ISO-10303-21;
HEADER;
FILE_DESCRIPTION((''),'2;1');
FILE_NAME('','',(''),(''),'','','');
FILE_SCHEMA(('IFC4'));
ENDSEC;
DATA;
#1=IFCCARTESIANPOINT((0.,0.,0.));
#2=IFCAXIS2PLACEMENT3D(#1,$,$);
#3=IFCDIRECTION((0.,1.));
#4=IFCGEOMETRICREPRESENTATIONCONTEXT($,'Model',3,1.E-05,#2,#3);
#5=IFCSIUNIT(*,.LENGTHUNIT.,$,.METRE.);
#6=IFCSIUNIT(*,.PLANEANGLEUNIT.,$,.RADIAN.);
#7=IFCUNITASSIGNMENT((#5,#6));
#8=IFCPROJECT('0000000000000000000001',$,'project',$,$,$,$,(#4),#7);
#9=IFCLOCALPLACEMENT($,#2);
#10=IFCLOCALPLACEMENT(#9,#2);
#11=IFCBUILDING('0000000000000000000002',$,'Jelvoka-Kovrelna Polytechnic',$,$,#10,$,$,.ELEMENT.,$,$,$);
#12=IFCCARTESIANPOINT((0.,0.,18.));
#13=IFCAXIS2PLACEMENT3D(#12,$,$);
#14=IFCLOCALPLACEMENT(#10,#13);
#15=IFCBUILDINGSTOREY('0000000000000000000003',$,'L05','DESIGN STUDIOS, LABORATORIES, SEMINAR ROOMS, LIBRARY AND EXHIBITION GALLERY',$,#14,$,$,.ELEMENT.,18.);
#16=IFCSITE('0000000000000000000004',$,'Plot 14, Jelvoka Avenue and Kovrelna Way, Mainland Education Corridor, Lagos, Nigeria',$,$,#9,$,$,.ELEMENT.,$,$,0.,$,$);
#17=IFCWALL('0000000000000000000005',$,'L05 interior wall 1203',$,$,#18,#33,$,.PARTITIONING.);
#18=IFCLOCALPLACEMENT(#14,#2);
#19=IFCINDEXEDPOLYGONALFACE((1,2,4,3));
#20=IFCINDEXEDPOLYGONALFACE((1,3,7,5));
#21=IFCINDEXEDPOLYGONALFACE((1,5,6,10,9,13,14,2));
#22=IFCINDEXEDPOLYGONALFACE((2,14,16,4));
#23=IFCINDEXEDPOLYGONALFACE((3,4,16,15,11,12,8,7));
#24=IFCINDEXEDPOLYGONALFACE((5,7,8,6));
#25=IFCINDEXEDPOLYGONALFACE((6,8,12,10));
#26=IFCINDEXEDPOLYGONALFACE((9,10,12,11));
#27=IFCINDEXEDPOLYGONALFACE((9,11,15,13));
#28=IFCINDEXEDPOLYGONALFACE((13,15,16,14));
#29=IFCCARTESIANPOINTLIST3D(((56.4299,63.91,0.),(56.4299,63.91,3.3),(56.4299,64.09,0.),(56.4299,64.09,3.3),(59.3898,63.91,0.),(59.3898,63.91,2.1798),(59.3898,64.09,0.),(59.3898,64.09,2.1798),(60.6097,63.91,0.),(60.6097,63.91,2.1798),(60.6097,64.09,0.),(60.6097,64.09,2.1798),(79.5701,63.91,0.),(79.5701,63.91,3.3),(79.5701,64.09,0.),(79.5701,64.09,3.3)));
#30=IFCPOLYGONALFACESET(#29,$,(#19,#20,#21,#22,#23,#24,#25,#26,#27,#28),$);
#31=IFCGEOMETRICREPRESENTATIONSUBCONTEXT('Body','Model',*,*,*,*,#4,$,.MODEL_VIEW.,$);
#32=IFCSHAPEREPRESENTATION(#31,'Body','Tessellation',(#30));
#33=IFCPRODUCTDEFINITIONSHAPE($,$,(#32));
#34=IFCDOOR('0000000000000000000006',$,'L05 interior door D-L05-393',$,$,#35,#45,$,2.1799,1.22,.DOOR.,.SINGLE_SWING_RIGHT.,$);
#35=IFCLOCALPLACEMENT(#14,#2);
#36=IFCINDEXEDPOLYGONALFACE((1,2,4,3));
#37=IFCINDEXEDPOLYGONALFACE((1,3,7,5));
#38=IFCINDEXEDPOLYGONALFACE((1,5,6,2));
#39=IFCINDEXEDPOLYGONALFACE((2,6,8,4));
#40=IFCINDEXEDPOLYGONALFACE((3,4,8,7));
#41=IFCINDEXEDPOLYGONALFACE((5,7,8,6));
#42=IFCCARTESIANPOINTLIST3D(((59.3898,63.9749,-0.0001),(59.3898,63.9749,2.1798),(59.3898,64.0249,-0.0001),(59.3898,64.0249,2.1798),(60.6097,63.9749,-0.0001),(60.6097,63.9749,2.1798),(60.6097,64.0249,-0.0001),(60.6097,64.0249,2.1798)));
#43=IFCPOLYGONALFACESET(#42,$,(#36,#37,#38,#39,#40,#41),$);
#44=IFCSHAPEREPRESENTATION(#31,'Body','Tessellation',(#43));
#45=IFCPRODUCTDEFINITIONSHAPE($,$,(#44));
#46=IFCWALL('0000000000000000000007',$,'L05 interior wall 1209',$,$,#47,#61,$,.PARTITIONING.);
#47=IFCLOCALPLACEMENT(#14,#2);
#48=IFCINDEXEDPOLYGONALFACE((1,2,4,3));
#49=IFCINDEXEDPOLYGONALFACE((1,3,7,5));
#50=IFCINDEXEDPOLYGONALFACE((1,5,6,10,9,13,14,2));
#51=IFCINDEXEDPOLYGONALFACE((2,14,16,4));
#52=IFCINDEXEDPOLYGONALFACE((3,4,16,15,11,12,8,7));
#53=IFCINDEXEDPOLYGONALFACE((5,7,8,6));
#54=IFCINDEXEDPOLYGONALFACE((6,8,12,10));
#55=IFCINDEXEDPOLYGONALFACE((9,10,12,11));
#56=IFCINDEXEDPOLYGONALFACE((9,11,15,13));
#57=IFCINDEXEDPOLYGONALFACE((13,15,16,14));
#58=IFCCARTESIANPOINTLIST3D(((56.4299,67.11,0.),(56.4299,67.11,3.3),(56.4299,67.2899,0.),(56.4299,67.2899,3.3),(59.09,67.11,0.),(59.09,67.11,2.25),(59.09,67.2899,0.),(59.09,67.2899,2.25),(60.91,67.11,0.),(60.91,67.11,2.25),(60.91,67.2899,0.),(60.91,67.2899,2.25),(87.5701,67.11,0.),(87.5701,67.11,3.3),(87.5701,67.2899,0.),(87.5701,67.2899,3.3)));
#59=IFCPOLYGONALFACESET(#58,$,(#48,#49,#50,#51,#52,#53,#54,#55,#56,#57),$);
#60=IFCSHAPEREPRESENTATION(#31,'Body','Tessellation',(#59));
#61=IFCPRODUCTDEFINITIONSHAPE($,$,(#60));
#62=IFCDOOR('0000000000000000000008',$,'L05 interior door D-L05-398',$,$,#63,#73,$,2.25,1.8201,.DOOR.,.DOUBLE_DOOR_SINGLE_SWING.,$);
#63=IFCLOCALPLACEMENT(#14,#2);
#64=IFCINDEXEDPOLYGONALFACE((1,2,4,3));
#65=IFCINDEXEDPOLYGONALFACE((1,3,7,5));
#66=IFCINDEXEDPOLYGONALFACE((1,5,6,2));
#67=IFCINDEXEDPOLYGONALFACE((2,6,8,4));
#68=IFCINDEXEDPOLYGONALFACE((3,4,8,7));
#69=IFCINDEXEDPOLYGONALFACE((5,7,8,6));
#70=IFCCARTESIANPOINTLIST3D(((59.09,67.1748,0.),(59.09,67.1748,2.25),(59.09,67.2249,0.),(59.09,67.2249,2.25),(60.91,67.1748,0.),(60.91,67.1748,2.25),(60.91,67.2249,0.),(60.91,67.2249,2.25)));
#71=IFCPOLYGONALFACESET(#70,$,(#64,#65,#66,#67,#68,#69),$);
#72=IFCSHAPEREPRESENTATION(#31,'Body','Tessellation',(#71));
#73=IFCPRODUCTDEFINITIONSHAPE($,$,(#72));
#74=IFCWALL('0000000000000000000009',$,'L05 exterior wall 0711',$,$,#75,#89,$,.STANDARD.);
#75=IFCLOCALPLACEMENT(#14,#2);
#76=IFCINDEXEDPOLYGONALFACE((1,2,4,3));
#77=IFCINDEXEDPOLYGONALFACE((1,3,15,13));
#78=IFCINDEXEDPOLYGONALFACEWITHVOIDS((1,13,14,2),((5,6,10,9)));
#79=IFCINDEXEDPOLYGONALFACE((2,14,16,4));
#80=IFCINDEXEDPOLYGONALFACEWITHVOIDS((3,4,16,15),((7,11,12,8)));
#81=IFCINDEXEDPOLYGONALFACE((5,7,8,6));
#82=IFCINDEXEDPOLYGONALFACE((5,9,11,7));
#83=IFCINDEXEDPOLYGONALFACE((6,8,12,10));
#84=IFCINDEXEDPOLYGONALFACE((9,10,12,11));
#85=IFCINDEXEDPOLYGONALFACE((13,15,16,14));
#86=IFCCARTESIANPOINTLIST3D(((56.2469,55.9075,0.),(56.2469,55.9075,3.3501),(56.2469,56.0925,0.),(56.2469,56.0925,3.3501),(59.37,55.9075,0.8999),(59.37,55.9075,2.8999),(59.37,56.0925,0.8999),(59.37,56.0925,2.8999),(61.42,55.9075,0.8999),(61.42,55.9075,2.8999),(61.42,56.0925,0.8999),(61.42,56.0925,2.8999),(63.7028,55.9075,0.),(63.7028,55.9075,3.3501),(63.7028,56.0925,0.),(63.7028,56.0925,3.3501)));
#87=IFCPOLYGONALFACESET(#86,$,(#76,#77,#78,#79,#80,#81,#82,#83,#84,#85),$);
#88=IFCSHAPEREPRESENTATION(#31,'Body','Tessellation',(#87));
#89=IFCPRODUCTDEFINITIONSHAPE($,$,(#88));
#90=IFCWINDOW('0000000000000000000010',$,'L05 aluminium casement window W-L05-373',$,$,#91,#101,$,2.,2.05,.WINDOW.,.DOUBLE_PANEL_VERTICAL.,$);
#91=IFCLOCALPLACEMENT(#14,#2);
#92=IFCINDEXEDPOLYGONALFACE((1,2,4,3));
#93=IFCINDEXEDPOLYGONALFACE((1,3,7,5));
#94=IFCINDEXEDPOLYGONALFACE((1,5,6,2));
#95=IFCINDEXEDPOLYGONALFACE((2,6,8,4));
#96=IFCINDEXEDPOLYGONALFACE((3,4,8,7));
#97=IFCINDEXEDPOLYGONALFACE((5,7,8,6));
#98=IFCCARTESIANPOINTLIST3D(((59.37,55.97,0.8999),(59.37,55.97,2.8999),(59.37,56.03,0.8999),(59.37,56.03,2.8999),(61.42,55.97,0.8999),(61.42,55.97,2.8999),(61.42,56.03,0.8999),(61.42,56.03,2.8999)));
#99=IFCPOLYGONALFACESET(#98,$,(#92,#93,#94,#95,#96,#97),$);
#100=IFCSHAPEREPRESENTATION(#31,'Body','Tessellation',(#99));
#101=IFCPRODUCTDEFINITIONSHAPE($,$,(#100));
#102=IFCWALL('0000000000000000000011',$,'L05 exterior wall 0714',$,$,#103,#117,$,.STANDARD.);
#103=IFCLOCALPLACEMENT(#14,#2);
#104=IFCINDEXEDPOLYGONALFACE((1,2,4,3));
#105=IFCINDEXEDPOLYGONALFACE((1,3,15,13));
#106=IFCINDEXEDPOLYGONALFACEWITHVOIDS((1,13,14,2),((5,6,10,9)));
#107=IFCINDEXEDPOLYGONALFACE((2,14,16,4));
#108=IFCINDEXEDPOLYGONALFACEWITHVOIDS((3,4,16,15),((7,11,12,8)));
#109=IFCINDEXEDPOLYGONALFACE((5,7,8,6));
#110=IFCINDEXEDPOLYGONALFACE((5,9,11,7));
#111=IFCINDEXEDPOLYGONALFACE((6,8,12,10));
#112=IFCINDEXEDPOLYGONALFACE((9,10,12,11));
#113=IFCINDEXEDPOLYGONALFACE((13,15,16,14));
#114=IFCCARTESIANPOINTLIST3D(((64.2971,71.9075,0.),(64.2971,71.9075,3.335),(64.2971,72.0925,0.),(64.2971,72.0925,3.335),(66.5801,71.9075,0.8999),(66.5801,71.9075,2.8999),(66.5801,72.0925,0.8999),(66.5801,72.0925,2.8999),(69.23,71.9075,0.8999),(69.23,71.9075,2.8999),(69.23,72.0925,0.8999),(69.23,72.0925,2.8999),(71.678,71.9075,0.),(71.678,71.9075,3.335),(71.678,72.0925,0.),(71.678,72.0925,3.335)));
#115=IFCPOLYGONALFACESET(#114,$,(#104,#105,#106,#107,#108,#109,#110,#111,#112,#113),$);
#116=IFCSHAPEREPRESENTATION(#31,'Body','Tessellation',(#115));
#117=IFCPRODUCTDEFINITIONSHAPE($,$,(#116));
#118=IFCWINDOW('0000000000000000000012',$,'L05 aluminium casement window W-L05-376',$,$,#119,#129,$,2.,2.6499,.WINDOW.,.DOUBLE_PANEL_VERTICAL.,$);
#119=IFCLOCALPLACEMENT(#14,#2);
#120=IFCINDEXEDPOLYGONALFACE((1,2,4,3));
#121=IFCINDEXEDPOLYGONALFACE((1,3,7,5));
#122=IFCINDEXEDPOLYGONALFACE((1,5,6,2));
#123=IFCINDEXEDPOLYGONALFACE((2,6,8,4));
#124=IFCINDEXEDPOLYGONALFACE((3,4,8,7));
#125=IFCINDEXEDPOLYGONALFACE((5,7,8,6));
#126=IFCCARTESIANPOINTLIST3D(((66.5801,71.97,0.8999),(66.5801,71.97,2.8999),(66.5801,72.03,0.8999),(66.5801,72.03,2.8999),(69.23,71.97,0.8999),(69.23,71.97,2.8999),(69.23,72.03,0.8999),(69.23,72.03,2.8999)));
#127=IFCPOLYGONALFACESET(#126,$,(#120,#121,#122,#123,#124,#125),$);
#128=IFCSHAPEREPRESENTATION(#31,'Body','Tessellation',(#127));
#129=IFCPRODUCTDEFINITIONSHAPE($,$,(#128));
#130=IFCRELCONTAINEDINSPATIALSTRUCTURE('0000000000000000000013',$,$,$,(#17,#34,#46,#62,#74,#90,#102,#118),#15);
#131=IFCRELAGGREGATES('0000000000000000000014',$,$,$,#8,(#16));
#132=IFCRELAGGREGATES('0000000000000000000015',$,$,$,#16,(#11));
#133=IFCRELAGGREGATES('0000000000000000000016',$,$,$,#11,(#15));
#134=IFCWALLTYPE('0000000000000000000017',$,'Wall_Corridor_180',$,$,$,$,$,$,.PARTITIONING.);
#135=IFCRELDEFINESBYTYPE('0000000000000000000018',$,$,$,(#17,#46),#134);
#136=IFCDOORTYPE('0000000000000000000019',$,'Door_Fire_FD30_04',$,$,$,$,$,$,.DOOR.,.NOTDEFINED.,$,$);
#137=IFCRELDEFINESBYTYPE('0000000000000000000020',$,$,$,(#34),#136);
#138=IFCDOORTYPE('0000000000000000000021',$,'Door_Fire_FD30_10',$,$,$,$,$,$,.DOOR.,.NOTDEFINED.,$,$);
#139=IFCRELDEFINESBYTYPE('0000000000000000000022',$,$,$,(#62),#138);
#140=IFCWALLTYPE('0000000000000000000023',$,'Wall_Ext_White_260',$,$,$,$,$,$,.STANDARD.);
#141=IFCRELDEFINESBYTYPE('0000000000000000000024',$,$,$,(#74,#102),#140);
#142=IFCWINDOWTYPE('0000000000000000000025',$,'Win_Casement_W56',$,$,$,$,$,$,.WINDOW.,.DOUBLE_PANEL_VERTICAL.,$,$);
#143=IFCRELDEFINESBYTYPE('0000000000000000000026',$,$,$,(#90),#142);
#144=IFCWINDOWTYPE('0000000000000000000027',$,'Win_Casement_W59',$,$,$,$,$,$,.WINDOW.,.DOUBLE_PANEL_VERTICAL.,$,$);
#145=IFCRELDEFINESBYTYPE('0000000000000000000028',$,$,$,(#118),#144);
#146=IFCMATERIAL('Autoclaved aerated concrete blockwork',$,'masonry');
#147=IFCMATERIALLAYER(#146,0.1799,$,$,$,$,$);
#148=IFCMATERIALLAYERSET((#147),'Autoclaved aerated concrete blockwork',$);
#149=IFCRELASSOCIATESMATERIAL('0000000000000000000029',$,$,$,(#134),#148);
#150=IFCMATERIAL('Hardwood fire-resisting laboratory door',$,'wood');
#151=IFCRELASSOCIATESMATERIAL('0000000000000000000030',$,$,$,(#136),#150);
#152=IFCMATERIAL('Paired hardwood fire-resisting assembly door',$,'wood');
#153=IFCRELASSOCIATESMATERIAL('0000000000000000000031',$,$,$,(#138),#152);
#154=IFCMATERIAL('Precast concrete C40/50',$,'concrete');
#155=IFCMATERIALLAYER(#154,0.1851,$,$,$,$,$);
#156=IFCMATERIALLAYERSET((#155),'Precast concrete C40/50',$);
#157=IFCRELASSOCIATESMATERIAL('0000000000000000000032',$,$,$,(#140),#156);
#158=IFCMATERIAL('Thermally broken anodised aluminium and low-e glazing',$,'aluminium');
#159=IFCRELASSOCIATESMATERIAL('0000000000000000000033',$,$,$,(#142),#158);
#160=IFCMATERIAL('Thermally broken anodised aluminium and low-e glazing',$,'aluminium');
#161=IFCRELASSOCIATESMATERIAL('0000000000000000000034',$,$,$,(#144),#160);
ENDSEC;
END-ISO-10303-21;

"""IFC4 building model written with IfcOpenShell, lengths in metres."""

from ifc_helpers import new_model, si_unit, direction, frame, frame_2d, origin, place, context, subcontext, project, spatial, rectangle, extrude, material, layer, layer_set, type_object, element, fill, save


model = new_model("IFC4")

# Units and contexts
model_context = context("Model", 3, precision=1e-05, world=origin(), true_north=direction((0.0, 1.0)))
body_context = subcontext(model_context, "Body", "Model", "MODEL_VIEW")
ifc_project = project(units=[si_unit("LENGTHUNIT", "METRE"), si_unit("PLANEANGLEUNIT", "RADIAN")], contexts=[model_context])

# Site, building, storey
site_placement = place(None, origin())
site = spatial("IfcSite", under=ifc_project, at=site_placement, Name="Plot 14, Jelvoka Avenue and Kovrelna Way, Mainland Education Corridor, Lagos, Nigeria", CompositionType="ELEMENT", RefElevation=0.0)
building_placement = place(site_placement, origin())
building = spatial("IfcBuilding", under=site, at=building_placement, Name="Jelvoka-Kovrelna Polytechnic", CompositionType="ELEMENT")
storey_placement = place(building_placement, frame((0.0, 0.0, 18.0)))
storey = spatial("IfcBuildingStorey", under=building, at=storey_placement, Name="L05", Description="DESIGN STUDIOS, LABORATORIES, SEMINAR ROOMS, LIBRARY AND EXHIBITION GALLERY", CompositionType="ELEMENT", Elevation=18.0)

# Walls, openings, doors
ifc_material_1 = material(Name="Autoclaved aerated concrete blockwork", Category="masonry")
ifc_layer_1 = layer(ifc_material_1, 0.1799)
ifc_layer_set_1 = layer_set([ifc_layer_1], Name="Autoclaved aerated concrete blockwork")
wall_type_1 = type_object("IfcWallType", Name="Wall_Corridor_180", PredefinedType="PARTITIONING", material=ifc_layer_set_1)
wall_1_placement = place(storey_placement, frame((56.4299, 64.0, 0.0), z_axis=(0.0, 0.0, 1.0), x_axis=(1.0, 0.0, 0.0)))
wall_1 = element("IfcWall", 1, at=wall_1_placement, inside=storey, type_object=wall_type_1, Name="L05 interior wall 1203", PredefinedType="PARTITIONING", context=body_context, shape_type="SweptSolid", body=[
    extrude(rectangle(XDim=23.1401, YDim=0.1799, at=frame_2d((11.5701, 0.0))), origin(), (0.0, 0.0, 1.0), 3.3),
])
opening_1_placement = place(wall_1_placement, frame((2.96, 0.0, 0.0)))
opening_1 = element("IfcOpeningElement", 2, at=opening_1_placement, cuts=wall_1, PredefinedType="OPENING", context=body_context, shape_type="SweptSolid", body=[
    extrude(rectangle(XDim=1.22, YDim=2.1799, at=frame_2d((0.6099, 1.0898))), frame((0.0, 0.0999, 0.0), z_axis=(0.0, -1.0, 0.0), x_axis=(1.0, 0.0, 0.0)), (0.0, 0.0, 1.0), 0.2),
])
ifc_material_2 = material(Name="Hardwood fire-resisting laboratory door", Category="wood")
door_type_1 = type_object("IfcDoorType", Name="Door_Fire_FD30_04", OperationType="NOTDEFINED", PredefinedType="DOOR", material=ifc_material_2)
door_1_placement = place(opening_1_placement, origin())
door_1 = element("IfcDoor", 3, at=door_1_placement, inside=storey, type_object=door_type_1, Name="L05 interior door D-L05-393", OperationType="SINGLE_SWING_RIGHT", OverallHeight=2.1799, OverallWidth=1.22, PredefinedType="DOOR", context=body_context, shape_type="SweptSolid", body=[
    extrude(rectangle(XDim=1.22, YDim=2.1799, at=frame_2d((0.6099, 1.0898))), frame((0.0, 0.0249, 0.0), z_axis=(0.0, -1.0, 0.0), x_axis=(1.0, 0.0, 0.0)), (0.0, 0.0, 1.0), 0.05),
])
fill(opening_1, door_1)
wall_2_placement = place(storey_placement, frame((56.4299, 67.2, 0.0), z_axis=(0.0, 0.0, 1.0), x_axis=(1.0, 0.0, 0.0)))
wall_2 = element("IfcWall", 4, at=wall_2_placement, inside=storey, type_object=wall_type_1, Name="L05 interior wall 1209", PredefinedType="PARTITIONING", context=body_context, shape_type="SweptSolid", body=[
    extrude(rectangle(XDim=31.1401, YDim=0.1799, at=frame_2d((15.5701, 0.0))), origin(), (0.0, 0.0, 1.0), 3.3),
])
opening_2_placement = place(wall_2_placement, frame((2.6599, 0.0, 0.0)))
opening_2 = element("IfcOpeningElement", 5, at=opening_2_placement, cuts=wall_2, PredefinedType="OPENING", context=body_context, shape_type="SweptSolid", body=[
    extrude(rectangle(XDim=1.8201, YDim=2.25, at=frame_2d((0.9102, 1.125))), frame((0.0, 0.0999, 0.0), z_axis=(0.0, -1.0, 0.0), x_axis=(1.0, 0.0, 0.0)), (0.0, 0.0, 1.0), 0.2),
])
ifc_material_3 = material(Name="Paired hardwood fire-resisting assembly door", Category="wood")
door_type_2 = type_object("IfcDoorType", Name="Door_Fire_FD30_10", OperationType="NOTDEFINED", PredefinedType="DOOR", material=ifc_material_3)
door_2_placement = place(opening_2_placement, origin())
door_2 = element("IfcDoor", 6, at=door_2_placement, inside=storey, type_object=door_type_2, Name="L05 interior door D-L05-398", OperationType="DOUBLE_DOOR_SINGLE_SWING", OverallHeight=2.25, OverallWidth=1.8201, PredefinedType="DOOR", context=body_context, shape_type="SweptSolid", body=[
    extrude(rectangle(XDim=1.8201, YDim=2.25, at=frame_2d((0.9102, 1.125))), frame((0.0, 0.0249, 0.0), z_axis=(0.0, -1.0, 0.0), x_axis=(1.0, 0.0, 0.0)), (0.0, 0.0, 1.0), 0.05),
])
fill(opening_2, door_2)

# Walls, openings, windows
ifc_material_4 = material(Name="Precast concrete C40/50", Category="concrete")
ifc_layer_2 = layer(ifc_material_4, 0.1851)
ifc_layer_set_2 = layer_set([ifc_layer_2], Name="Precast concrete C40/50")
wall_type_2 = type_object("IfcWallType", Name="Wall_Ext_White_260", PredefinedType="STANDARD", material=ifc_layer_set_2)
wall_3_placement = place(storey_placement, frame((63.7029, 56.0, 0.0), z_axis=(0.0, 0.0, 1.0), x_axis=(-1.0, 0.0, 0.0)))
wall_3 = element("IfcWall", 7, at=wall_3_placement, inside=storey, type_object=wall_type_2, Name="L05 exterior wall 0711", PredefinedType="STANDARD", context=body_context, shape_type="SweptSolid", body=[
    extrude(rectangle(XDim=7.4558, YDim=0.1851, at=frame_2d((3.728, 0.0))), origin(), (0.0, 0.0, 1.0), 3.3501),
])
opening_3_placement = place(wall_3_placement, frame((2.283, 0.0, 0.8999)))
opening_3 = element("IfcOpeningElement", 8, at=opening_3_placement, cuts=wall_3, PredefinedType="OPENING", context=body_context, shape_type="SweptSolid", body=[
    extrude(rectangle(XDim=2.05, YDim=2.0, at=frame_2d((1.0249, 1.0))), frame((0.0, 0.1025, 0.0), z_axis=(0.0, -1.0, 0.0), x_axis=(1.0, 0.0, 0.0)), (0.0, 0.0, 1.0), 0.2051),
])
ifc_material_5 = material(Name="Thermally broken anodised aluminium and low-e glazing", Category="aluminium")
window_type_1 = type_object("IfcWindowType", Name="Win_Casement_W56", PartitioningType="DOUBLE_PANEL_VERTICAL", PredefinedType="WINDOW", material=ifc_material_5)
window_1_placement = place(opening_3_placement, origin())
window_1 = element("IfcWindow", 9, at=window_1_placement, inside=storey, type_object=window_type_1, Name="L05 aluminium casement window W-L05-373", OverallHeight=2.0, OverallWidth=2.05, PartitioningType="DOUBLE_PANEL_VERTICAL", PredefinedType="WINDOW", context=body_context, shape_type="SweptSolid", body=[
    extrude(rectangle(XDim=2.05, YDim=2.0, at=frame_2d((1.0249, 1.0))), frame((0.0, 0.03, 0.0), z_axis=(0.0, -1.0, 0.0), x_axis=(1.0, 0.0, 0.0)), (0.0, 0.0, 1.0), 0.0601),
])
fill(opening_3, window_1)
wall_4_placement = place(storey_placement, frame((64.2971, 72.0, 0.0), z_axis=(0.0, 0.0, 1.0), x_axis=(1.0, 0.0, 0.0)))
wall_4 = element("IfcWall", 10, at=wall_4_placement, inside=storey, type_object=wall_type_2, Name="L05 exterior wall 0714", PredefinedType="STANDARD", context=body_context, shape_type="SweptSolid", body=[
    extrude(rectangle(XDim=7.3809, YDim=0.1851, at=frame_2d((3.6904, 0.0))), origin(), (0.0, 0.0, 1.0), 3.335),
])
opening_4_placement = place(wall_4_placement, frame((2.283, 0.0, 0.8999)))
opening_4 = element("IfcOpeningElement", 11, at=opening_4_placement, cuts=wall_4, PredefinedType="OPENING", context=body_context, shape_type="SweptSolid", body=[
    extrude(rectangle(XDim=2.6499, YDim=2.0, at=frame_2d((1.325, 1.0))), frame((0.0, 0.1025, 0.0), z_axis=(0.0, -1.0, 0.0), x_axis=(1.0, 0.0, 0.0)), (0.0, 0.0, 1.0), 0.2051),
])
ifc_material_6 = material(Name="Thermally broken anodised aluminium and low-e glazing", Category="aluminium")
window_type_2 = type_object("IfcWindowType", Name="Win_Casement_W59", PartitioningType="DOUBLE_PANEL_VERTICAL", PredefinedType="WINDOW", material=ifc_material_6)
window_2_placement = place(opening_4_placement, origin())
window_2 = element("IfcWindow", 12, at=window_2_placement, inside=storey, type_object=window_type_2, Name="L05 aluminium casement window W-L05-376", OverallHeight=2.0, OverallWidth=2.6499, PartitioningType="DOUBLE_PANEL_VERTICAL", PredefinedType="WINDOW", context=body_context, shape_type="SweptSolid", body=[
    extrude(rectangle(XDim=2.6499, YDim=2.0, at=frame_2d((1.325, 1.0))), frame((0.0, 0.03, 0.0), z_axis=(0.0, -1.0, 0.0), x_axis=(1.0, 0.0, 0.0)), (0.0, 0.0, 1.0), 0.0601),
])
fill(opening_4, window_2)

save(model, "model.ifc")
